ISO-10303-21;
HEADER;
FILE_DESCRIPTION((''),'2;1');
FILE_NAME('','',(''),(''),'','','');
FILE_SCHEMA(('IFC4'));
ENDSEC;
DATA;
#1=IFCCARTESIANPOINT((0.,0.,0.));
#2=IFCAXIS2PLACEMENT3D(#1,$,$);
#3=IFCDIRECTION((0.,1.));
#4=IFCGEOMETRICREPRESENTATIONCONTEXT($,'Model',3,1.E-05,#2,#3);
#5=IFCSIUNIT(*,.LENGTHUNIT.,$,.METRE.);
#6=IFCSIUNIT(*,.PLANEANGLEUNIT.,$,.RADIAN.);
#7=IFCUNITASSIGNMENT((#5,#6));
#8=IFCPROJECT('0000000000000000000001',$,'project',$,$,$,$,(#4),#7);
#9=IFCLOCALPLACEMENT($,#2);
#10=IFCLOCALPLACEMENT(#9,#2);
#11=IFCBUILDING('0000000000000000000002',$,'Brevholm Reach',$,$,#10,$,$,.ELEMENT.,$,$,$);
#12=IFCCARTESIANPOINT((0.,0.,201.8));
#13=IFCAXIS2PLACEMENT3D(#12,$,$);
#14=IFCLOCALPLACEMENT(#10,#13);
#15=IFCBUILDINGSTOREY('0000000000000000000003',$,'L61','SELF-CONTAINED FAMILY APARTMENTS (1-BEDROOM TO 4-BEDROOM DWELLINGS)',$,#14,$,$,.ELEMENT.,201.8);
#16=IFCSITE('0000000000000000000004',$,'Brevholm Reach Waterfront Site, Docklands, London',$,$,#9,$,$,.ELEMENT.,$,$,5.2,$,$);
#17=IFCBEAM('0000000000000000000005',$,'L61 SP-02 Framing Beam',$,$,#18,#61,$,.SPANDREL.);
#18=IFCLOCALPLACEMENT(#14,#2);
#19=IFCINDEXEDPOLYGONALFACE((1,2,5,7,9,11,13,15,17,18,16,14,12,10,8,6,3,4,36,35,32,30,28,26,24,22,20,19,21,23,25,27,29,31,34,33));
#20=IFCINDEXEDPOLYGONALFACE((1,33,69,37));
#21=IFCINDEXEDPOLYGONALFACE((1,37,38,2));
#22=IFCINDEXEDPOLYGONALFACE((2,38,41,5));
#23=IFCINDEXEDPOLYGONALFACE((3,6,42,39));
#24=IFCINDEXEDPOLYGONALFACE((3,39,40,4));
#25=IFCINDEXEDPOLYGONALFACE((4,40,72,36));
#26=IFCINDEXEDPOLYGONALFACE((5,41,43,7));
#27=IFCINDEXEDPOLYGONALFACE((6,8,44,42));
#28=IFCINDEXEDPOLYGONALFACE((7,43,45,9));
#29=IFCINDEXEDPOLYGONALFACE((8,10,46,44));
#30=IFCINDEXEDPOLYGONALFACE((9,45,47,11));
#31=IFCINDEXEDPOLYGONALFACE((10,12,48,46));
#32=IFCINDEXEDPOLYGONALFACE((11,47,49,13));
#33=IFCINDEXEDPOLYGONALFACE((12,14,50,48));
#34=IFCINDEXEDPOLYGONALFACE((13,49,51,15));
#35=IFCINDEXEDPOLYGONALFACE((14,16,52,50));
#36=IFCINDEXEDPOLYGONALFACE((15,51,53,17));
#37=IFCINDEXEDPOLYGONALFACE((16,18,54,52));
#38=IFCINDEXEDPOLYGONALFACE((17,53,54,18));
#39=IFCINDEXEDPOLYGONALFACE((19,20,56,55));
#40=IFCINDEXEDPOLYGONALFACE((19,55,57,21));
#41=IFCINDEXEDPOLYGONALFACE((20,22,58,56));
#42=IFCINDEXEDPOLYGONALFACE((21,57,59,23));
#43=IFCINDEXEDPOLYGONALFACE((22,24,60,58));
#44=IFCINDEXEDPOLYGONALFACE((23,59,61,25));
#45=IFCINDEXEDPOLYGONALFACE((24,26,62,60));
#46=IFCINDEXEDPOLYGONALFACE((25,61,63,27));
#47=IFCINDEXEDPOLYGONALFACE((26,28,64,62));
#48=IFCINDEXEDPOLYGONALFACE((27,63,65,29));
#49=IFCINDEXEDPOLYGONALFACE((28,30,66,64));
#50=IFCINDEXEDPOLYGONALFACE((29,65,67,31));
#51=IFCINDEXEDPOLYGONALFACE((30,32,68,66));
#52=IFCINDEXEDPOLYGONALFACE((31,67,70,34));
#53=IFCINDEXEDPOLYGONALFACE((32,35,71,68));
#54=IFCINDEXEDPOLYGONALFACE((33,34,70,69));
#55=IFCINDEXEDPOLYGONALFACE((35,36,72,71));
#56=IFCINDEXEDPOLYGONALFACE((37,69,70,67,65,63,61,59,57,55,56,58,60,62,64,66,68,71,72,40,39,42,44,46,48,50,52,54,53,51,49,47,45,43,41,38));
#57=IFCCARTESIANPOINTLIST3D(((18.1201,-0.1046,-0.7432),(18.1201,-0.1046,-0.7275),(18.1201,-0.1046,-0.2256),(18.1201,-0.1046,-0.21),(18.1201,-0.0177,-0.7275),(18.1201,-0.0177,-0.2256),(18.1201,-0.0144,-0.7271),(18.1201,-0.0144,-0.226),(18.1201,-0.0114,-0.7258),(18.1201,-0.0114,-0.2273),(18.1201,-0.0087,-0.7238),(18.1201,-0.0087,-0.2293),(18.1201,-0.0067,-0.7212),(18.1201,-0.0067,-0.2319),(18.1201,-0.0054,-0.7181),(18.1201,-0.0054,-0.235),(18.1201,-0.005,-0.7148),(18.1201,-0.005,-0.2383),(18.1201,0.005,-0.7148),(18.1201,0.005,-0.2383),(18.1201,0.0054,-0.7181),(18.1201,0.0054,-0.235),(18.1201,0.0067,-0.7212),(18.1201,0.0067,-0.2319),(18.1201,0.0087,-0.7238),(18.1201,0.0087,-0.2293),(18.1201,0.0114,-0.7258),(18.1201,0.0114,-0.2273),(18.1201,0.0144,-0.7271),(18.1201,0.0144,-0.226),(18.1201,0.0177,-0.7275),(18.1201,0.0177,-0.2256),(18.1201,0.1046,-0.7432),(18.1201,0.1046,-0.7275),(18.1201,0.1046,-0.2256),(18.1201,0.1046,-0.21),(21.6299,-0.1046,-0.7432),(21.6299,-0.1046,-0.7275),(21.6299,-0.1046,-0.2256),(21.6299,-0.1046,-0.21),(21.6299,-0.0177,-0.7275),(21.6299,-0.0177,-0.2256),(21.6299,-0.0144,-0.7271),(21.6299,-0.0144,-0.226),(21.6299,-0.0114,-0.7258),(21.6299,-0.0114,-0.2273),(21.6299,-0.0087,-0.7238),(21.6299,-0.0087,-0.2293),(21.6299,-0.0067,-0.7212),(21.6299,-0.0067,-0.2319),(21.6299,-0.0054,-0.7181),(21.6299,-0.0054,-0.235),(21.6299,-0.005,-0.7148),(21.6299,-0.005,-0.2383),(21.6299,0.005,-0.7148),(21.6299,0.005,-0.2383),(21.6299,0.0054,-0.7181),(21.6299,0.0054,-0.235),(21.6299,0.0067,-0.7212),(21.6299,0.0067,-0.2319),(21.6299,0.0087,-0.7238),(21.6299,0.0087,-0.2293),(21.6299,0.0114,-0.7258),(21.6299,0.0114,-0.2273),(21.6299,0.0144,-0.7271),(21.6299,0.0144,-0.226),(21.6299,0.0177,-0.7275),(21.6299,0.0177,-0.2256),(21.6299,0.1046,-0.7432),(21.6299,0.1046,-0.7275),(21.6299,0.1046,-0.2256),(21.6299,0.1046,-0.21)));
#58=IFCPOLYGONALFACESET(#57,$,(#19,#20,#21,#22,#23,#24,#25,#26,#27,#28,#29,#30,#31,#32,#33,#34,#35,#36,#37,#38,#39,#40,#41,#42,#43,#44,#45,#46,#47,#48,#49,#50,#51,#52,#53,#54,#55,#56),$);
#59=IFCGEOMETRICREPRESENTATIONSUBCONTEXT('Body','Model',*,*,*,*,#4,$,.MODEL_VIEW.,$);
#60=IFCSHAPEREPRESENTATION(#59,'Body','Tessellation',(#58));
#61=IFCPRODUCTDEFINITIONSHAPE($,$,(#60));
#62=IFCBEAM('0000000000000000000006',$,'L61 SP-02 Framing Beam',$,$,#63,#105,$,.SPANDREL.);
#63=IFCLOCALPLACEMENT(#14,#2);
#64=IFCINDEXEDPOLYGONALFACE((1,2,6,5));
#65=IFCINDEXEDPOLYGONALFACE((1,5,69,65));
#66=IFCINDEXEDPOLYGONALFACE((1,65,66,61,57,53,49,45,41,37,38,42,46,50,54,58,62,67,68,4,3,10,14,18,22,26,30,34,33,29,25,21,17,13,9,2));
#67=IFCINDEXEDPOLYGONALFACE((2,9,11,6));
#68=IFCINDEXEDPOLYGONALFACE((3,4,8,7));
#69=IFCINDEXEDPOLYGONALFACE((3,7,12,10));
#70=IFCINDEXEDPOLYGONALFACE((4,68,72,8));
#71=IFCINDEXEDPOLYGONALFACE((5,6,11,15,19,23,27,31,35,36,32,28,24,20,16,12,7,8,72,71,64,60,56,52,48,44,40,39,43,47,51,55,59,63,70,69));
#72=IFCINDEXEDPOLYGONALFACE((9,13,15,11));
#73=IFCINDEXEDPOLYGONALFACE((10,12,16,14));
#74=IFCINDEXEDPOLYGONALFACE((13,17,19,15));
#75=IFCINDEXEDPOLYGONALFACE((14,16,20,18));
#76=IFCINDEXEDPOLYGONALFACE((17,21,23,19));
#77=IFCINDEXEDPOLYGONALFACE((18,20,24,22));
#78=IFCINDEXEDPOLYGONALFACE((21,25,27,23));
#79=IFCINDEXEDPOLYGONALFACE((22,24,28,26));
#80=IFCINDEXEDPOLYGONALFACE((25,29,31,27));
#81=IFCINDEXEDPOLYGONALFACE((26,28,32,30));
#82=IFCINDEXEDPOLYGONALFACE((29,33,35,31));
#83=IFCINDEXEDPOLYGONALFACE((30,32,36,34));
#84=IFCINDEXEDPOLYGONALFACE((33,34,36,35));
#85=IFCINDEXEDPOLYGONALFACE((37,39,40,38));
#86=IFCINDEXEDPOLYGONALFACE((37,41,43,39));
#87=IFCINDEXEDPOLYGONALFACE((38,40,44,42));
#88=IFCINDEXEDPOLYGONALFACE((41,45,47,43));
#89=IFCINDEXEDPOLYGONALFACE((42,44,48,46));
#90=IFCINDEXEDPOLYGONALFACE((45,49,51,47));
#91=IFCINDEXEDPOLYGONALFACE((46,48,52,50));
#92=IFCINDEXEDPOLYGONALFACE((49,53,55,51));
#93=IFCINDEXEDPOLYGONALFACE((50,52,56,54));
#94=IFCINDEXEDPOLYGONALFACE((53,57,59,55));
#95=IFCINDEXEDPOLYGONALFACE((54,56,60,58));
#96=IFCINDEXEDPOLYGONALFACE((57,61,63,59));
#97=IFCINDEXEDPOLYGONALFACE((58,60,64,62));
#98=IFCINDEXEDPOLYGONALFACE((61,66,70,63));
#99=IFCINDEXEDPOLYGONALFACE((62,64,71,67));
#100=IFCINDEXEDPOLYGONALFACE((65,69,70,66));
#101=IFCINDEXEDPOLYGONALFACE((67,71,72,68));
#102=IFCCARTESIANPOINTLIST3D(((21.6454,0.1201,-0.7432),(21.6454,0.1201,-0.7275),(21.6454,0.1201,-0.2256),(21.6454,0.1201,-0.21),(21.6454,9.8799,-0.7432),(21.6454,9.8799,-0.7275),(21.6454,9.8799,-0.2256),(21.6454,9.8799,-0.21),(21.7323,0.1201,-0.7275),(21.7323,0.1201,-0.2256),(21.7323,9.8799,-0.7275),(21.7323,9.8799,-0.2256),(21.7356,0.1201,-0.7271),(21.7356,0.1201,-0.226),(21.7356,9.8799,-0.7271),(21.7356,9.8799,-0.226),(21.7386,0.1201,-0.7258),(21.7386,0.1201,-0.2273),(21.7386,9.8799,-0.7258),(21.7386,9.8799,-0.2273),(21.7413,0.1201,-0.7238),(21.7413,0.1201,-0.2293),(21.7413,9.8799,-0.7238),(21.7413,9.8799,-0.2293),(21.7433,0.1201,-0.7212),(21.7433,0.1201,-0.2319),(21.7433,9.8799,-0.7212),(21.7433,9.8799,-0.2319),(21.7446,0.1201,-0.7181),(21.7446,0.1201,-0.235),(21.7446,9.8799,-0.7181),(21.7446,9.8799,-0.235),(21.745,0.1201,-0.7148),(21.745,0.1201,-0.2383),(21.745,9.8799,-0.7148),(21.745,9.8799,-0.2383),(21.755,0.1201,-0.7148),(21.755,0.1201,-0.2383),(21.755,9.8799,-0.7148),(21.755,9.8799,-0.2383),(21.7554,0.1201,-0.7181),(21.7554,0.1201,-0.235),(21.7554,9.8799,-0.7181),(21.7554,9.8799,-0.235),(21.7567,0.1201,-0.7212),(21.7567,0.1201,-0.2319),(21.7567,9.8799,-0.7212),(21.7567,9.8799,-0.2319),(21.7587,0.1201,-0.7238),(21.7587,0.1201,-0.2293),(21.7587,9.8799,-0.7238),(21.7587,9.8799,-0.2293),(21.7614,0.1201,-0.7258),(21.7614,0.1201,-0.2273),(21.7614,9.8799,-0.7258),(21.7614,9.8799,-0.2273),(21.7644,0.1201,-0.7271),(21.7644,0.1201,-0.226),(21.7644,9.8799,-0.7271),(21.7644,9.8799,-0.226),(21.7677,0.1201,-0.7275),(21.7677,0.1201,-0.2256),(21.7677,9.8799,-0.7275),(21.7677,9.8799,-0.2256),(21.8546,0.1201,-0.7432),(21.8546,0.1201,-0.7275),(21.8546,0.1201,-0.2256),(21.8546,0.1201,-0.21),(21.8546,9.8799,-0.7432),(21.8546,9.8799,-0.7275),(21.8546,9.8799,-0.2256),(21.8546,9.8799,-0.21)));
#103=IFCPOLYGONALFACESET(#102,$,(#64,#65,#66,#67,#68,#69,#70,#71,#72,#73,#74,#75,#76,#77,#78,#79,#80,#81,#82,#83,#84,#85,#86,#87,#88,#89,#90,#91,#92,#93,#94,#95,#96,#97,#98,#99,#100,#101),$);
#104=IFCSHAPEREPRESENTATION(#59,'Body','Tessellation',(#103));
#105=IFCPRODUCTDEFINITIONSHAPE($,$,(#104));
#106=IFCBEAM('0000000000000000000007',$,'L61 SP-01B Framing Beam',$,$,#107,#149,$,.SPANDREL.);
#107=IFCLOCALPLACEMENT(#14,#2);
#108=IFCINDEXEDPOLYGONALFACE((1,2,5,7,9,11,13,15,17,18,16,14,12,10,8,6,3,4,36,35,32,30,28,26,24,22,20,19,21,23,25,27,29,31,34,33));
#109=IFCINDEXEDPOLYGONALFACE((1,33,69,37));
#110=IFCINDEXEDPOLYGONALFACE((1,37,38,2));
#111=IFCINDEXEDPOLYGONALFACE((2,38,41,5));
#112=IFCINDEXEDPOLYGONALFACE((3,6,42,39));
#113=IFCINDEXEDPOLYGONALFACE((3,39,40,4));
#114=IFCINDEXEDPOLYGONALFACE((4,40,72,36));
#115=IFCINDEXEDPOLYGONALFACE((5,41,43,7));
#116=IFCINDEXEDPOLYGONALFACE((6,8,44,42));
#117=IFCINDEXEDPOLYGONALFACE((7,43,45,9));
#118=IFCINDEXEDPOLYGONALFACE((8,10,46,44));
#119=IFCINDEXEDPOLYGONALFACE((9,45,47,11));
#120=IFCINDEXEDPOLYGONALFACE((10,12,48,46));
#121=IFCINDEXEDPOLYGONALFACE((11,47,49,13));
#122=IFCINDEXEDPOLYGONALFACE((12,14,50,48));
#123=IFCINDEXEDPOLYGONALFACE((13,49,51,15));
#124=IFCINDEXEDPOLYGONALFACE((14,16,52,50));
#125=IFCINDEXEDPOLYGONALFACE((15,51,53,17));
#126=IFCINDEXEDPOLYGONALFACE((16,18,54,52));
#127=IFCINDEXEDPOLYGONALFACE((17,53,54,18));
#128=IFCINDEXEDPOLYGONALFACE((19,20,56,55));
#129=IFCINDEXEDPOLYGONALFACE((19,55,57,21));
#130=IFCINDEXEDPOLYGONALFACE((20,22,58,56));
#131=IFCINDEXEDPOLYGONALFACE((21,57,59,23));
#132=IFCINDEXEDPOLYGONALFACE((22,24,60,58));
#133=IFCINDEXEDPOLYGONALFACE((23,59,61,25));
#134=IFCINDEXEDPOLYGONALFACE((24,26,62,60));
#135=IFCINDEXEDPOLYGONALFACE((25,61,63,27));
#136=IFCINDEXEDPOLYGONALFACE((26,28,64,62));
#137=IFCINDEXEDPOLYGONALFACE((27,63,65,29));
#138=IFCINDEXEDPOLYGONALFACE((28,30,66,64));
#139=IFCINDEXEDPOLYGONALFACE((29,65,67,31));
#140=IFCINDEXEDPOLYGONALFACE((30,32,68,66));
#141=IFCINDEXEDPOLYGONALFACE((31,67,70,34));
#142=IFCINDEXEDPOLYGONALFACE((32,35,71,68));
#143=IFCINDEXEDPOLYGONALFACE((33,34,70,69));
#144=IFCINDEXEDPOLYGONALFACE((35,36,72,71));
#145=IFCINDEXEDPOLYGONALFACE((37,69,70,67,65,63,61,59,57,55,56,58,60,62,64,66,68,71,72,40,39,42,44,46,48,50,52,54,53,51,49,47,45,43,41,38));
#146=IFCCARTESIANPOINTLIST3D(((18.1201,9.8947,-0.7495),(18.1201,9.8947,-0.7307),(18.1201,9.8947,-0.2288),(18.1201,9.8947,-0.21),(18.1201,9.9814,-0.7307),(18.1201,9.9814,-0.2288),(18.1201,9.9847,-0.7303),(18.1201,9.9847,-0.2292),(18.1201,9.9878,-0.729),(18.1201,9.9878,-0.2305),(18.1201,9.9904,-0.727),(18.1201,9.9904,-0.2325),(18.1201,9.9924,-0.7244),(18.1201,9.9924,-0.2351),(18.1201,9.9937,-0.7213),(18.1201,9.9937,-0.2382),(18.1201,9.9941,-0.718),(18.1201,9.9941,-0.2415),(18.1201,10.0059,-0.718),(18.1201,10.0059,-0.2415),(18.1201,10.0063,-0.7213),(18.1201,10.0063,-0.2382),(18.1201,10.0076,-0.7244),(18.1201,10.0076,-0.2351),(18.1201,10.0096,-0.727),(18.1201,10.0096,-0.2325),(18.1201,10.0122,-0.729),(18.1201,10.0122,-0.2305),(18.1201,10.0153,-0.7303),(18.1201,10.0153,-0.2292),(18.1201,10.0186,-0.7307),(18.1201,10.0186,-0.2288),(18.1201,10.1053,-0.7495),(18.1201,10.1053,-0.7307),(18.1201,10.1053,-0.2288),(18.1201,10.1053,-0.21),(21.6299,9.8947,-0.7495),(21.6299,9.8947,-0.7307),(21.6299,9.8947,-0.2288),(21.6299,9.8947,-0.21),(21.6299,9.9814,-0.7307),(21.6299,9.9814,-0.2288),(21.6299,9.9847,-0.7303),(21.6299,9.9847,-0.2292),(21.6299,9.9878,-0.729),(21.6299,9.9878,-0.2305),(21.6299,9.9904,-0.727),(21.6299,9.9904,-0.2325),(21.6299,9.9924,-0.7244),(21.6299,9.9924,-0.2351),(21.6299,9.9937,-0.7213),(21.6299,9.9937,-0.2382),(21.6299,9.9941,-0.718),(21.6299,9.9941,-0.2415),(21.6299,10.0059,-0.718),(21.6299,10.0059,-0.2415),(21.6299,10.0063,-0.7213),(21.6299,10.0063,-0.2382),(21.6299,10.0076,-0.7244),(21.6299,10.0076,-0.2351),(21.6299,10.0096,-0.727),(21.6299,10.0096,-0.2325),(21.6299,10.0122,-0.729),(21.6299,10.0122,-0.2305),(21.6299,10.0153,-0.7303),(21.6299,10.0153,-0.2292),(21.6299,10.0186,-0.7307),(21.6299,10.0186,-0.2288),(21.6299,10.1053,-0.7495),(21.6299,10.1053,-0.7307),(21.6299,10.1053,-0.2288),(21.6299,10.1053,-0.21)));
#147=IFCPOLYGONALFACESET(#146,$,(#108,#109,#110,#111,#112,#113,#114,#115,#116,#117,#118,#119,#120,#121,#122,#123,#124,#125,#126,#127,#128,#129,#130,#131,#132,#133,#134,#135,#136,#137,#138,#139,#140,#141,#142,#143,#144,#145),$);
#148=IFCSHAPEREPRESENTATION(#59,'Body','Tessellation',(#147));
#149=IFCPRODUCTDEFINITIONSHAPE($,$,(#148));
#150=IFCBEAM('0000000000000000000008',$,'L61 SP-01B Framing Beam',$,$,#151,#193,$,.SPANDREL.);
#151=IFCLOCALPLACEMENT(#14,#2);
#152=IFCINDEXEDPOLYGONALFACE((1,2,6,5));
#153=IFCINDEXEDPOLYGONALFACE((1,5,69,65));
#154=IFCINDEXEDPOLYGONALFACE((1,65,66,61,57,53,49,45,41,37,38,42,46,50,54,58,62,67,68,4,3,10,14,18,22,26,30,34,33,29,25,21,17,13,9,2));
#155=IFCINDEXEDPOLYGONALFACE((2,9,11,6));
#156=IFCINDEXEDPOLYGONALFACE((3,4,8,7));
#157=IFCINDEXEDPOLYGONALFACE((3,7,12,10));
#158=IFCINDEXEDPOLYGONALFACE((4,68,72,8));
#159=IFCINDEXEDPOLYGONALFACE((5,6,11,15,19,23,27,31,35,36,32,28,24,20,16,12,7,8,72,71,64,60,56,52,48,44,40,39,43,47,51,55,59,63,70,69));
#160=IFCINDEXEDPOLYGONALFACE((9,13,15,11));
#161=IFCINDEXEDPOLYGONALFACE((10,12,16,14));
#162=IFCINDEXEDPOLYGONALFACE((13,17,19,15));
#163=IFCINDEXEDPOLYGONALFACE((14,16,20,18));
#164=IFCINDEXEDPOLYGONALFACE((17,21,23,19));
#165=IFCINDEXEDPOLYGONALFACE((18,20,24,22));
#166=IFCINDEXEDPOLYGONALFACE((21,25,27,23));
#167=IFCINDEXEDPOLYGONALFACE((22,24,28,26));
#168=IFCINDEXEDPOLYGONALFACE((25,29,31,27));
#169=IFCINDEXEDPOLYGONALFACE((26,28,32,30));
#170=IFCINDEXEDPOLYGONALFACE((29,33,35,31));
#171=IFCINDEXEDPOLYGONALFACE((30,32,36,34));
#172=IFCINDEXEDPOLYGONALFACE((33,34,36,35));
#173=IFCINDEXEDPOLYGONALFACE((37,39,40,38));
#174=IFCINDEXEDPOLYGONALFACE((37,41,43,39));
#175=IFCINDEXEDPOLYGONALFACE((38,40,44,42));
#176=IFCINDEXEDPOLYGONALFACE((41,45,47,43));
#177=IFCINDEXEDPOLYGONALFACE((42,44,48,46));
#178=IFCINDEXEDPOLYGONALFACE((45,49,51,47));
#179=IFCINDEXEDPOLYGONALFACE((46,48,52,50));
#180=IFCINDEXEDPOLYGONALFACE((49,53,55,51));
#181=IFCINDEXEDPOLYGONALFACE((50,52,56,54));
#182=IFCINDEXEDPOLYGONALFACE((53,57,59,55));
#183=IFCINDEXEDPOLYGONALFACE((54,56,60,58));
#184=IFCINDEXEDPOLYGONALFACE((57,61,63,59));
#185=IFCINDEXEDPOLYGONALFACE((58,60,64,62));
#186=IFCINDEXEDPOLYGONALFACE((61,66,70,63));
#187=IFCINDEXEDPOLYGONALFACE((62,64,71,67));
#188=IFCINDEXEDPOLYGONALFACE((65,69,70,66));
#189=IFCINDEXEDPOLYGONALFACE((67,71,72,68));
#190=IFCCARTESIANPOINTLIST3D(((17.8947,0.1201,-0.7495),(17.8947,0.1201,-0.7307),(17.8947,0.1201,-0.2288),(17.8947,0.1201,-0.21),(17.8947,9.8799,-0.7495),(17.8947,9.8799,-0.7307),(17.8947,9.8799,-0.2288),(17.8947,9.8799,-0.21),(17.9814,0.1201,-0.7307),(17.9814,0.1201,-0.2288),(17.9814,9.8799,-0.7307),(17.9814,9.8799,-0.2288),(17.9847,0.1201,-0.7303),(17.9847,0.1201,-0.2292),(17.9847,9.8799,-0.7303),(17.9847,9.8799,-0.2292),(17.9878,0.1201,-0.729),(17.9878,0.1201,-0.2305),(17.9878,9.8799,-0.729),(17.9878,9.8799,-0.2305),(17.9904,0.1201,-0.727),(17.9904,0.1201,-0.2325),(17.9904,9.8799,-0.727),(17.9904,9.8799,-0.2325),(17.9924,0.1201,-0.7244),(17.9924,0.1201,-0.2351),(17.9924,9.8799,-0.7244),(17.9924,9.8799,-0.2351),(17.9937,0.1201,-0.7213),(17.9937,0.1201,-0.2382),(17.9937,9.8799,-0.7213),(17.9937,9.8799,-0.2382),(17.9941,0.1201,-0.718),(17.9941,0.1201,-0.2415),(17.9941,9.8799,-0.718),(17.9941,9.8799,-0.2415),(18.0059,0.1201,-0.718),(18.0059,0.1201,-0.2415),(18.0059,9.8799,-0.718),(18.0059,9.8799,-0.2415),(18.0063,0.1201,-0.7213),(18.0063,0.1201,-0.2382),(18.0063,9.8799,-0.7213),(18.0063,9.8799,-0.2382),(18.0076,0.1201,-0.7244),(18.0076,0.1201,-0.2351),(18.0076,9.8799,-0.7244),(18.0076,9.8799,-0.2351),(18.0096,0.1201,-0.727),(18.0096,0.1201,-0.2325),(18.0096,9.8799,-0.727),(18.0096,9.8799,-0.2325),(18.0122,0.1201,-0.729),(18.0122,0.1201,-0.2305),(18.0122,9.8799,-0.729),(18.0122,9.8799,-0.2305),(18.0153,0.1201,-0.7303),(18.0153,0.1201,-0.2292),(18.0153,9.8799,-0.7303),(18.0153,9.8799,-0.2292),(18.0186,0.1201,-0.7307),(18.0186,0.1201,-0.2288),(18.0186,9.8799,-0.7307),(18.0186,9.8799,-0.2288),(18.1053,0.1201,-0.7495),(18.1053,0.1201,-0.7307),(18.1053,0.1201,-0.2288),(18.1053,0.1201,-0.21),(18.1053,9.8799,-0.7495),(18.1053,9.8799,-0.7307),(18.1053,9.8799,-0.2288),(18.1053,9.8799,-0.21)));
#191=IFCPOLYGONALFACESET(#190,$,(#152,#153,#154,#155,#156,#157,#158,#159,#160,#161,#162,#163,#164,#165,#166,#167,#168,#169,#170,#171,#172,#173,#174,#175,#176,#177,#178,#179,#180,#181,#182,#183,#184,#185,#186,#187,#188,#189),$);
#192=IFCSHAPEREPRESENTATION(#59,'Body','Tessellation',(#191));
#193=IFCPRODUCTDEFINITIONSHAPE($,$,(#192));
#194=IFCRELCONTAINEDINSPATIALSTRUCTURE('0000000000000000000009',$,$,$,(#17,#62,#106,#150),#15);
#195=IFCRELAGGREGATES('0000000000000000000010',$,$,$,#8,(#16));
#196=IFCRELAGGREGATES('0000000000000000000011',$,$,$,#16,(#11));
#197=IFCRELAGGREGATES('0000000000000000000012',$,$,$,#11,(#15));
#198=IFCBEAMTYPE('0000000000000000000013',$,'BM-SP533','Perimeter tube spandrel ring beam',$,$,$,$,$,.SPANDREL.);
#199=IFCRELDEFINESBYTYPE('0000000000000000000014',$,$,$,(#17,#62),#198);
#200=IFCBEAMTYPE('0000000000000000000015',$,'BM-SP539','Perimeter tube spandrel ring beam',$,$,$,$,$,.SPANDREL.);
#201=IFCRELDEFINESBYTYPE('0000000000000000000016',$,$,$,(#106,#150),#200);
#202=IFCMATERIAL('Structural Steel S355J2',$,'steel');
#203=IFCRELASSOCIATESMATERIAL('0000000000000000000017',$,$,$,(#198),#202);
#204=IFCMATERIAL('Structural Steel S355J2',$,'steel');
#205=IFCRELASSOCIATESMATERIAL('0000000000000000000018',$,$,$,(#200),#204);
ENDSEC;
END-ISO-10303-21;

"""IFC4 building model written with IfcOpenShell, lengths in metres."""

from ifc_helpers import new_model, si_unit, direction, frame, origin, origin_2d, place, context, subcontext, project, spatial, i_section, extrude, material, material_profile, profile_set, type_object, element, save


model = new_model("IFC4")

# Units and contexts
model_context = context("Model", 3, precision=1e-05, world=origin(), true_north=direction((0.0, 1.0)))
body_context = subcontext(model_context, "Body", "Model", "MODEL_VIEW")
ifc_project = project(units=[si_unit("LENGTHUNIT", "METRE"), si_unit("PLANEANGLEUNIT", "RADIAN")], contexts=[model_context])

# Site, building, storey
site_placement = place(None, origin())
site = spatial("IfcSite", under=ifc_project, at=site_placement, Name="Brevholm Reach Waterfront Site, Docklands, London", CompositionType="ELEMENT", RefElevation=5.2)
building_placement = place(site_placement, origin())
building = spatial("IfcBuilding", under=site, at=building_placement, Name="Brevholm Reach", CompositionType="ELEMENT")
storey_placement = place(building_placement, frame((0.0, 0.0, 201.8)))
storey = spatial("IfcBuildingStorey", under=building, at=storey_placement, Name="L61", Description="SELF-CONTAINED FAMILY APARTMENTS (1-BEDROOM TO 4-BEDROOM DWELLINGS)", CompositionType="ELEMENT", Elevation=201.8)

# Beams
ifc_material_1 = material(Name="Structural Steel S355J2", Category="steel")
ifc_material_profile_1 = material_profile(ifc_material_1, i_section(OverallWidth=0.2092, OverallDepth=0.5332, WebThickness=0.01, FlangeThickness=0.0156, FilletRadius=0.0127, at=origin_2d()), Name="UKB 533x210x92")
ifc_profile_set_1 = profile_set([ifc_material_profile_1], Name="Structural Steel S355J2")
beam_type_1 = type_object("IfcBeamType", Name="BM-SP533", Description="Perimeter tube spandrel ring beam", PredefinedType="SPANDREL", material=ifc_profile_set_1)
beam_1_placement = place(storey_placement, frame((18.1201, 0.0, -0.4766), z_axis=(1.0, 0.0, 0.0), x_axis=(0.0, 1.0, 0.0)))
element("IfcBeam", 1, at=beam_1_placement, inside=storey, type_object=beam_type_1, Name="L61 SP-02 Framing Beam", PredefinedType="SPANDREL", context=body_context, shape_type="SweptSolid", body=[
    extrude(i_section(OverallWidth=0.2092, OverallDepth=0.5332, WebThickness=0.01, FlangeThickness=0.0156, FilletRadius=0.0127, at=origin_2d()), origin(), (0.0, 0.0, 1.0), 3.5098),
])
beam_2_placement = place(storey_placement, frame((21.75, 0.1201, -0.4766), z_axis=(0.0, 1.0, 0.0), x_axis=(-1.0, 0.0, 0.0)))
element("IfcBeam", 2, at=beam_2_placement, inside=storey, type_object=beam_type_1, Name="L61 SP-02 Framing Beam", PredefinedType="SPANDREL", context=body_context, shape_type="SweptSolid", body=[
    extrude(i_section(OverallWidth=0.2092, OverallDepth=0.5332, WebThickness=0.01, FlangeThickness=0.0156, FilletRadius=0.0127, at=origin_2d()), origin(), (0.0, 0.0, 1.0), 9.7598),
])
ifc_material_2 = material(Name="Structural Steel S355J2", Category="steel")
ifc_material_profile_2 = material_profile(ifc_material_2, i_section(OverallWidth=0.2107, OverallDepth=0.5396, WebThickness=0.0117, FlangeThickness=0.0188, FilletRadius=0.0127, at=origin_2d()), Name="UKB 533x210x109")
ifc_profile_set_2 = profile_set([ifc_material_profile_2], Name="Structural Steel S355J2")
beam_type_2 = type_object("IfcBeamType", Name="BM-SP539", Description="Perimeter tube spandrel ring beam", PredefinedType="SPANDREL", material=ifc_profile_set_2)
beam_3_placement = place(storey_placement, frame((18.1201, 10.0, -0.4797), z_axis=(1.0, 0.0, 0.0), x_axis=(0.0, 1.0, 0.0)))
element("IfcBeam", 3, at=beam_3_placement, inside=storey, type_object=beam_type_2, Name="L61 SP-01B Framing Beam", PredefinedType="SPANDREL", context=body_context, shape_type="SweptSolid", body=[
    extrude(i_section(OverallWidth=0.2107, OverallDepth=0.5396, WebThickness=0.0117, FlangeThickness=0.0188, FilletRadius=0.0127, at=origin_2d()), origin(), (0.0, 0.0, 1.0), 3.5098),
])
beam_4_placement = place(storey_placement, frame((18.0, 0.1201, -0.4797), z_axis=(0.0, 1.0, 0.0), x_axis=(-1.0, 0.0, 0.0)))
element("IfcBeam", 4, at=beam_4_placement, inside=storey, type_object=beam_type_2, Name="L61 SP-01B Framing Beam", PredefinedType="SPANDREL", context=body_context, shape_type="SweptSolid", body=[
    extrude(i_section(OverallWidth=0.2107, OverallDepth=0.5396, WebThickness=0.0117, FlangeThickness=0.0188, FilletRadius=0.0127, at=origin_2d()), origin(), (0.0, 0.0, 1.0), 9.7598),
])

save(model, "model.ifc")
